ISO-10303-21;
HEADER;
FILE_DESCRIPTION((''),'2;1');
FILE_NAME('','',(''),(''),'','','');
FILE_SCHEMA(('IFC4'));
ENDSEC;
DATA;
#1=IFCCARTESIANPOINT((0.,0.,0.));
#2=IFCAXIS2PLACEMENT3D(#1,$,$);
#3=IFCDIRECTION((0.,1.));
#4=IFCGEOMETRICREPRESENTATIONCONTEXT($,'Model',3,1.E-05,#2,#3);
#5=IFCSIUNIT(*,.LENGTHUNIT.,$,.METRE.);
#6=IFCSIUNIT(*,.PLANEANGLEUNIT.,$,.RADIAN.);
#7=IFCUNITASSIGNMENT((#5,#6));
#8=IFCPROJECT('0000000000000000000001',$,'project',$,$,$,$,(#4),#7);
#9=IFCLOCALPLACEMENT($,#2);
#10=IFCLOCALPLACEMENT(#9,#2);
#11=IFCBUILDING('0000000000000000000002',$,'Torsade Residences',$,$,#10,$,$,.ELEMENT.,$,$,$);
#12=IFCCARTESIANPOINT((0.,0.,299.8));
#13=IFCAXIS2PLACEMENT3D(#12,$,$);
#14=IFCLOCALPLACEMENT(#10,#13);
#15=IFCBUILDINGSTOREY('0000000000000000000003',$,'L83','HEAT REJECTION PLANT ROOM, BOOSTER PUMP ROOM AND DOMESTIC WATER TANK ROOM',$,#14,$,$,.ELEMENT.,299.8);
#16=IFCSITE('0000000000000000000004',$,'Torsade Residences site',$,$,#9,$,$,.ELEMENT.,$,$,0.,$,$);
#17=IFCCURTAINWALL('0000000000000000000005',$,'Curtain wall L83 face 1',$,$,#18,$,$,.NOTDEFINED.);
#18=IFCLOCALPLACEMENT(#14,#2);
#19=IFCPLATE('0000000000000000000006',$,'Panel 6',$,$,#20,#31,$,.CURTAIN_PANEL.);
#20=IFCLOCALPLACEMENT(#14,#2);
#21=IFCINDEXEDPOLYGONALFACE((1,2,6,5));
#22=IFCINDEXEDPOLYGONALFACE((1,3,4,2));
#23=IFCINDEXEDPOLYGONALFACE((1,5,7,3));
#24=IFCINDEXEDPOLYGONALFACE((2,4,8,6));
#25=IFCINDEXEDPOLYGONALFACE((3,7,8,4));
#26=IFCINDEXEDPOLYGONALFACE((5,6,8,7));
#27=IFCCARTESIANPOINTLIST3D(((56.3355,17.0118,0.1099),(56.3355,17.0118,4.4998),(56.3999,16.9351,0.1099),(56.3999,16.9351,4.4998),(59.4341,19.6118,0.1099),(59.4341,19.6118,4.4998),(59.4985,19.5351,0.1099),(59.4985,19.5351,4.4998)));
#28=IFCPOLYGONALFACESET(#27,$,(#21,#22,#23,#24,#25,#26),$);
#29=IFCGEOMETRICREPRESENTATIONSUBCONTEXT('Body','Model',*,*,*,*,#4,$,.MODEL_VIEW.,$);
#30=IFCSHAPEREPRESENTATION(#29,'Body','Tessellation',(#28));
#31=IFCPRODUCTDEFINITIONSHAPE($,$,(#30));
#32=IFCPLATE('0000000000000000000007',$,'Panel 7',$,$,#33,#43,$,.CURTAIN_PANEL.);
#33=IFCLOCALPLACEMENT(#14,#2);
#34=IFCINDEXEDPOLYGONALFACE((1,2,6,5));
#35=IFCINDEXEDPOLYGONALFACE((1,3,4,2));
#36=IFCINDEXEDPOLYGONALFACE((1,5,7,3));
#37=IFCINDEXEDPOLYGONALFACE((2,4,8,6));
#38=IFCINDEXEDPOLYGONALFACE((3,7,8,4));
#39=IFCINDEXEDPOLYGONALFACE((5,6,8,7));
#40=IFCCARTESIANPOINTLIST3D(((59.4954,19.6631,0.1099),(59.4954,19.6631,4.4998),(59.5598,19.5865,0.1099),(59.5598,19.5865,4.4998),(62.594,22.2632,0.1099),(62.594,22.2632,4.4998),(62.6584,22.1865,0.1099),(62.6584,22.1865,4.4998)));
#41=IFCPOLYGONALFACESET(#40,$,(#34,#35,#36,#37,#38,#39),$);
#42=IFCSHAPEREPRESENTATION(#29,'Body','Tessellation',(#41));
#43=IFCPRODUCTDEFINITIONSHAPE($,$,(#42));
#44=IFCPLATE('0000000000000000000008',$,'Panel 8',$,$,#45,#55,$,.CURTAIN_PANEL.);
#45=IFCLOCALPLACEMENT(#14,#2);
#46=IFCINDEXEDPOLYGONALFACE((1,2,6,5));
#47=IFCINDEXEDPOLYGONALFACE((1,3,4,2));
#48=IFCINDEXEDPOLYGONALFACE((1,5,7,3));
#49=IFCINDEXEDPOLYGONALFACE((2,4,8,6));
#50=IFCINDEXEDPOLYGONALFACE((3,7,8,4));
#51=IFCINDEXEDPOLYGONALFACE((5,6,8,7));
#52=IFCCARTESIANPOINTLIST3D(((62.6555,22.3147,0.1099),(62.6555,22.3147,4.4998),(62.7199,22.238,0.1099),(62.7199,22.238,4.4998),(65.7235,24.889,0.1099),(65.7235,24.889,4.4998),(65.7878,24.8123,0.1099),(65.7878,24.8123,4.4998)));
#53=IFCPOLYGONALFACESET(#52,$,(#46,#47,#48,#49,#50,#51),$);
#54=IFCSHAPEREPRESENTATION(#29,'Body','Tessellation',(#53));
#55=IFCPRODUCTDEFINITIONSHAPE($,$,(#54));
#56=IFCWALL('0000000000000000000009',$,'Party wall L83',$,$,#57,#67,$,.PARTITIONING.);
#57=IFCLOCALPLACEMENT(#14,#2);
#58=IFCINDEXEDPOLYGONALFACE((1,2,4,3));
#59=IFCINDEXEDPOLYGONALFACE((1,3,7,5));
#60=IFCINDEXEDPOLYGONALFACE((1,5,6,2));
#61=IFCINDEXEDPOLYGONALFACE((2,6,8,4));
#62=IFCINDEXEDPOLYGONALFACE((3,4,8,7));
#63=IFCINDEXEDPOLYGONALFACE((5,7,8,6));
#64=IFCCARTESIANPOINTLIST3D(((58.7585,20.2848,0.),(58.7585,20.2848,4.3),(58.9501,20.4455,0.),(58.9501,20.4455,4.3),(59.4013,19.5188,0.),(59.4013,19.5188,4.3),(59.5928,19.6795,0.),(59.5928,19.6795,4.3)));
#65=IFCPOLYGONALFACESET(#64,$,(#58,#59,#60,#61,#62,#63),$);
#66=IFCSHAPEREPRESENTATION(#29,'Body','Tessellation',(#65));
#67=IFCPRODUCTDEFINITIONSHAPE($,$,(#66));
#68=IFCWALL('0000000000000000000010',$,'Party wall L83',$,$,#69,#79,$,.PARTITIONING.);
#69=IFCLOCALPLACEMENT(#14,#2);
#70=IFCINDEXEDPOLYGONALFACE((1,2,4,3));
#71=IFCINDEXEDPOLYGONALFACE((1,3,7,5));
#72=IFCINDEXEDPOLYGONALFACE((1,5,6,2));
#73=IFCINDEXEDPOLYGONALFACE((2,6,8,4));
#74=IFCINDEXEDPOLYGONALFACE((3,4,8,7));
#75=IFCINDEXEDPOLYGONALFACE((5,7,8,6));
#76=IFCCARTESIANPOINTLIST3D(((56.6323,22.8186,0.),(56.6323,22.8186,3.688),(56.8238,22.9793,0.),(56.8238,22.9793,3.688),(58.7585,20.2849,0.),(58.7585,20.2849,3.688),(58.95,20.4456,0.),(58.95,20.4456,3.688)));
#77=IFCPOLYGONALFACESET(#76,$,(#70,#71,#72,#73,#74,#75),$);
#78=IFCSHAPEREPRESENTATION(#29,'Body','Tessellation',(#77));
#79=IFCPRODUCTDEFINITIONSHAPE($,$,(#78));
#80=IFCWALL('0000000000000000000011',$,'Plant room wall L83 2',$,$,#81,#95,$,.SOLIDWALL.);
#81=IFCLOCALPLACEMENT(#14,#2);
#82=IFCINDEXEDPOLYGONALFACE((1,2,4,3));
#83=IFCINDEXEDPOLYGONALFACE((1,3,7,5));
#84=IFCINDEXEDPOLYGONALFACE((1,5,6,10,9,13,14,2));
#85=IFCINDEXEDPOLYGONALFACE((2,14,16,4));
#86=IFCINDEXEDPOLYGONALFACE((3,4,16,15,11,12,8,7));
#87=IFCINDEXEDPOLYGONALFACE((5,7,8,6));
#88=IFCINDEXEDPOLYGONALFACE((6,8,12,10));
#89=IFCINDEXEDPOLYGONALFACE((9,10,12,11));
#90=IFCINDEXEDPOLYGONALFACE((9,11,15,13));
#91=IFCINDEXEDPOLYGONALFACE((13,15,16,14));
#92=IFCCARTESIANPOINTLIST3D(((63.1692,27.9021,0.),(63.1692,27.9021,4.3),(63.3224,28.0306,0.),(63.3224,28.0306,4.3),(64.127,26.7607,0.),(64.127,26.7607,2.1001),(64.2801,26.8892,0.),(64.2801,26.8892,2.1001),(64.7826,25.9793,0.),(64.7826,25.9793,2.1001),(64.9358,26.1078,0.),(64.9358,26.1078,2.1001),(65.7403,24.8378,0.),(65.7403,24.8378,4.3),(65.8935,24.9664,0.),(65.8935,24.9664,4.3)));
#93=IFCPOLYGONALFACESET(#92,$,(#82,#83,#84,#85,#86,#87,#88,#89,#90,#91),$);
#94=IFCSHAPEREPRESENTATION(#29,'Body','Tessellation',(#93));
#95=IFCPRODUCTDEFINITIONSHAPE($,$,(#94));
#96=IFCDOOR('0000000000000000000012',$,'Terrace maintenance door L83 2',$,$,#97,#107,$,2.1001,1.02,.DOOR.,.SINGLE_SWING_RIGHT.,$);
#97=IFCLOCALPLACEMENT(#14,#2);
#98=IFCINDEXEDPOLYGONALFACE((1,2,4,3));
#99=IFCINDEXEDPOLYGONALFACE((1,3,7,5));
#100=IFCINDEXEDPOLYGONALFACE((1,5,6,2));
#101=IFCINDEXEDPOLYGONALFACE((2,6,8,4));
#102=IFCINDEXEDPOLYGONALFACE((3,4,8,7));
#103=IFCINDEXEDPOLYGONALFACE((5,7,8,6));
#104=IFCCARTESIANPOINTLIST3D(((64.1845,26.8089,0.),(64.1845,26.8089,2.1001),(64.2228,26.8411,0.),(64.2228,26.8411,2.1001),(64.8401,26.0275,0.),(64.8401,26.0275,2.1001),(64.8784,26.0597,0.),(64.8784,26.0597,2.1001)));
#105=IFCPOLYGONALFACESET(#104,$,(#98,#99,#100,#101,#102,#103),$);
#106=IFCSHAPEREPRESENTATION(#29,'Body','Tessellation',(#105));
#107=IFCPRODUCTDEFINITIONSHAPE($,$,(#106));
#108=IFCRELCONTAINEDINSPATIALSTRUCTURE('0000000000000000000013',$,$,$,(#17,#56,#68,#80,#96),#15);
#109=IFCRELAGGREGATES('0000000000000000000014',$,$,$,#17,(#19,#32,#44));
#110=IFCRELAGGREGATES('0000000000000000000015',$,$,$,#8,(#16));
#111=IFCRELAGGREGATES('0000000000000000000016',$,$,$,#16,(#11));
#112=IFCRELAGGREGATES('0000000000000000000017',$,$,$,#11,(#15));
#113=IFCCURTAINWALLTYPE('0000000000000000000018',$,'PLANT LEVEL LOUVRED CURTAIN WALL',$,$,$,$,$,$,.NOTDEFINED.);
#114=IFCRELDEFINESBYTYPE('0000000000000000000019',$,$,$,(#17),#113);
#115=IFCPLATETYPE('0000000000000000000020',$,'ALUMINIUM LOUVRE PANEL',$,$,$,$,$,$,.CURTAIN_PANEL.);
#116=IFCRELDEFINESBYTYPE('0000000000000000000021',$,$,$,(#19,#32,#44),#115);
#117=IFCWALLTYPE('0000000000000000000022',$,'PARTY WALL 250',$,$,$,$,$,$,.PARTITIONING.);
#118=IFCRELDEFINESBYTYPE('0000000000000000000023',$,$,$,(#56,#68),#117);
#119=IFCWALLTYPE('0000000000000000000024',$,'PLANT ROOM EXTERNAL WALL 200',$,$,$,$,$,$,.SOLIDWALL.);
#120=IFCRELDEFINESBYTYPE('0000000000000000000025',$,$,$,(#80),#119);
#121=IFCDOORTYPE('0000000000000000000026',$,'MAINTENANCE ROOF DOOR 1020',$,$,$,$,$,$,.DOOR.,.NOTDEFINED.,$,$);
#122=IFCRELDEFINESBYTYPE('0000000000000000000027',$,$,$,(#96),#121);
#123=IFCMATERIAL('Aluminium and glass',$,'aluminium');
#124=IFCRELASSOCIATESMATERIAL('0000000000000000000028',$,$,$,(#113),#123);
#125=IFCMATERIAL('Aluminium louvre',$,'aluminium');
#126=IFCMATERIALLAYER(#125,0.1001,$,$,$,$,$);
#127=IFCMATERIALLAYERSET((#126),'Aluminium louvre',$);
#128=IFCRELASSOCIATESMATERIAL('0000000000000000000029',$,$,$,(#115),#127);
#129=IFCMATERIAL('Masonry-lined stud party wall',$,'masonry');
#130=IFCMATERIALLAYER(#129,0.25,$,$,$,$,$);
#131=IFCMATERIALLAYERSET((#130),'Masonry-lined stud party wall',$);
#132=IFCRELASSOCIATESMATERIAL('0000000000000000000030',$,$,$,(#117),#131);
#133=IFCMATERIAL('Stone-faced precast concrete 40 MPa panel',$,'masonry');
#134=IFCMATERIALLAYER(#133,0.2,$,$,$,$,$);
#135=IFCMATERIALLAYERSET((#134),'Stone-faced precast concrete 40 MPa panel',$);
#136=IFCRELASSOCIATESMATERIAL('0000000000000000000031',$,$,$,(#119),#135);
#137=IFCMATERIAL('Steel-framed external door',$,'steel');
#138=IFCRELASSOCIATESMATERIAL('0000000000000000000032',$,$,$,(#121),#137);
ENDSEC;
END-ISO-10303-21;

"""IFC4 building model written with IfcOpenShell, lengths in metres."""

from ifc_helpers import new_model, si_unit, direction, frame, frame_2d, origin, origin_2d, place, context, subcontext, project, spatial, rectangle, extrude, material, layer, layer_set, type_object, element, fill, aggregate, save


model = new_model("IFC4")

# Units and contexts
model_context = context("Model", 3, precision=1e-05, world=origin(), true_north=direction((0.0, 1.0)))
body_context = subcontext(model_context, "Body", "Model", "MODEL_VIEW")
ifc_project = project(units=[si_unit("LENGTHUNIT", "METRE"), si_unit("PLANEANGLEUNIT", "RADIAN")], contexts=[model_context])

# Site, building, storey
site_placement = place(None, origin())
site = spatial("IfcSite", under=ifc_project, at=site_placement, Name="Torsade Residences site", CompositionType="ELEMENT", RefElevation=0.0)
building_placement = place(site_placement, origin())
building = spatial("IfcBuilding", under=site, at=building_placement, Name="Torsade Residences", CompositionType="ELEMENT")
storey_placement = place(building_placement, frame((0.0, 0.0, 299.8)))
storey = spatial("IfcBuildingStorey", under=building, at=storey_placement, Name="L83", Description="HEAT REJECTION PLANT ROOM, BOOSTER PUMP ROOM AND DOMESTIC WATER TANK ROOM", CompositionType="ELEMENT", Elevation=299.8)

# Curtain wall
ifc_material_1 = material(Name="Aluminium and glass", Category="aluminium")
curtain_wall_type = type_object("IfcCurtainWallType", Name="PLANT LEVEL LOUVRED CURTAIN WALL", PredefinedType="NOTDEFINED", material=ifc_material_1)
curtain_wall_1_placement = place(storey_placement, origin())
curtain_wall_1 = element("IfcCurtainWall", 1, at=curtain_wall_1_placement, inside=storey, type_object=curtain_wall_type, Name="Curtain wall L83 face 1", PredefinedType="NOTDEFINED")

# Plates
ifc_material_2 = material(Name="Aluminium louvre", Category="aluminium")
ifc_layer_1 = layer(ifc_material_2, 0.1001)
ifc_layer_set_1 = layer_set([ifc_layer_1], Name="Aluminium louvre")
plate_type = type_object("IfcPlateType", Name="ALUMINIUM LOUVRE PANEL", PredefinedType="CURTAIN_PANEL", material=ifc_layer_set_1)
plate_1_placement = place(storey_placement, frame((57.917, 18.2734, 0.1099), z_axis=(0.0, 0.0, 1.0), x_axis=(0.766044, 0.642788, 0.0)))
plate_1 = element("IfcPlate", 2, at=plate_1_placement, type_object=plate_type, Name="Panel 6", PredefinedType="CURTAIN_PANEL", context=body_context, shape_type="SweptSolid", body=[
    extrude(rectangle(XDim=4.0449, YDim=0.1001, at=origin_2d()), origin(), (0.0, 0.0, 1.0), 4.3899),
])
plate_2_placement = place(storey_placement, frame((61.0769, 20.9248, 0.1099), z_axis=(0.0, 0.0, 1.0), x_axis=(0.766044, 0.642788, 0.0)))
plate_2 = element("IfcPlate", 3, at=plate_2_placement, type_object=plate_type, Name="Panel 7", PredefinedType="CURTAIN_PANEL", context=body_context, shape_type="SweptSolid", body=[
    extrude(rectangle(XDim=4.0449, YDim=0.1001, at=origin_2d()), origin(), (0.0, 0.0, 1.0), 4.3899),
])
plate_3_placement = place(storey_placement, frame((64.2217, 23.5635, 0.1099), z_axis=(0.0, 0.0, 1.0), x_axis=(0.766044, 0.642788, 0.0)))
plate_3 = element("IfcPlate", 4, at=plate_3_placement, type_object=plate_type, Name="Panel 8", PredefinedType="CURTAIN_PANEL", context=body_context, shape_type="SweptSolid", body=[
    extrude(rectangle(XDim=4.0049, YDim=0.1001, at=origin_2d()), origin(), (0.0, 0.0, 1.0), 4.3899),
])
aggregate(curtain_wall_1, [plate_1, plate_2, plate_3])

# Walls
ifc_material_3 = material(Name="Masonry-lined stud party wall", Category="masonry")
ifc_layer_2 = layer(ifc_material_3, 0.25)
ifc_layer_set_2 = layer_set([ifc_layer_2], Name="Masonry-lined stud party wall")
wall_type_1 = type_object("IfcWallType", Name="PARTY WALL 250", PredefinedType="PARTITIONING", material=ifc_layer_set_2)
wall_1_placement = place(storey_placement, frame((59.4971, 19.5991, 0.0), z_axis=(0.0, 0.0, 1.0), x_axis=(-0.642774, 0.766056, 0.0)))
element("IfcWall", 5, at=wall_1_placement, inside=storey, type_object=wall_type_1, Name="Party wall L83", PredefinedType="PARTITIONING", context=body_context, shape_type="SweptSolid", body=[
    extrude(rectangle(XDim=1.0, YDim=0.25, at=frame_2d((0.5, 0.0))), origin(), (0.0, 0.0, 1.0), 4.3),
])
wall_2_placement = place(storey_placement, frame((58.8542, 20.3652, 0.0), z_axis=(0.0, 0.0, 1.0), x_axis=(-0.642823, 0.766014, 0.0)))
element("IfcWall", 6, at=wall_2_placement, inside=storey, type_object=wall_type_1, Name="Party wall L83", PredefinedType="PARTITIONING", context=body_context, shape_type="SweptSolid", body=[
    extrude(rectangle(XDim=3.3076, YDim=0.25, at=frame_2d((1.6538, 0.0))), origin(), (0.0, 0.0, 1.0), 3.688),
])

# Wall, opening, door
ifc_material_4 = material(Name="Stone-faced precast concrete 40 MPa panel", Category="masonry")
ifc_layer_3 = layer(ifc_material_4, 0.2)
ifc_layer_set_3 = layer_set([ifc_layer_3], Name="Stone-faced precast concrete 40 MPa panel")
wall_type_2 = type_object("IfcWallType", Name="PLANT ROOM EXTERNAL WALL 200", PredefinedType="SOLIDWALL", material=ifc_layer_set_3)
wall_3_placement = place(storey_placement, frame((65.8169, 24.9021, 0.0), z_axis=(0.0, 0.0, 1.0), x_axis=(-0.642768, 0.766061, 0.0)))
wall_3 = element("IfcWall", 7, at=wall_3_placement, inside=storey, type_object=wall_type_2, Name="Plant room wall L83 2", PredefinedType="SOLIDWALL", context=body_context, shape_type="SweptSolid", body=[
    extrude(rectangle(XDim=4.0, YDim=0.2, at=frame_2d((2.0, 0.0))), origin(), (0.0, 0.0, 1.0), 4.3),
])
opening_placement = place(wall_3_placement, frame((1.49, 0.0, 0.0)))
opening = element("IfcOpeningElement", 8, at=opening_placement, cuts=wall_3, PredefinedType="OPENING", context=body_context, shape_type="SweptSolid", body=[
    extrude(rectangle(XDim=1.02, YDim=2.1001, at=frame_2d((0.51, 1.05))), frame((0.0, 0.1099, 0.0), z_axis=(0.0, -1.0, 0.0), x_axis=(1.0, 0.0, 0.0)), (0.0, 0.0, 1.0), 0.22),
])
ifc_material_5 = material(Name="Steel-framed external door", Category="steel")
door_type = type_object("IfcDoorType", Name="MAINTENANCE ROOF DOOR 1020", OperationType="NOTDEFINED", PredefinedType="DOOR", material=ifc_material_5)
door_placement = place(opening_placement, origin())
door = element("IfcDoor", 9, at=door_placement, inside=storey, type_object=door_type, Name="Terrace maintenance door L83 2", OperationType="SINGLE_SWING_RIGHT", OverallHeight=2.1001, OverallWidth=1.02, PredefinedType="DOOR", context=body_context, shape_type="SweptSolid", body=[
    extrude(rectangle(XDim=1.02, YDim=2.1001, at=frame_2d((0.51, 1.05))), frame((0.0, 0.0249, 0.0), z_axis=(0.0, -1.0, 0.0), x_axis=(1.0, 0.0, 0.0)), (0.0, 0.0, 1.0), 0.05),
])
fill(opening, door)

save(model, "model.ifc")
